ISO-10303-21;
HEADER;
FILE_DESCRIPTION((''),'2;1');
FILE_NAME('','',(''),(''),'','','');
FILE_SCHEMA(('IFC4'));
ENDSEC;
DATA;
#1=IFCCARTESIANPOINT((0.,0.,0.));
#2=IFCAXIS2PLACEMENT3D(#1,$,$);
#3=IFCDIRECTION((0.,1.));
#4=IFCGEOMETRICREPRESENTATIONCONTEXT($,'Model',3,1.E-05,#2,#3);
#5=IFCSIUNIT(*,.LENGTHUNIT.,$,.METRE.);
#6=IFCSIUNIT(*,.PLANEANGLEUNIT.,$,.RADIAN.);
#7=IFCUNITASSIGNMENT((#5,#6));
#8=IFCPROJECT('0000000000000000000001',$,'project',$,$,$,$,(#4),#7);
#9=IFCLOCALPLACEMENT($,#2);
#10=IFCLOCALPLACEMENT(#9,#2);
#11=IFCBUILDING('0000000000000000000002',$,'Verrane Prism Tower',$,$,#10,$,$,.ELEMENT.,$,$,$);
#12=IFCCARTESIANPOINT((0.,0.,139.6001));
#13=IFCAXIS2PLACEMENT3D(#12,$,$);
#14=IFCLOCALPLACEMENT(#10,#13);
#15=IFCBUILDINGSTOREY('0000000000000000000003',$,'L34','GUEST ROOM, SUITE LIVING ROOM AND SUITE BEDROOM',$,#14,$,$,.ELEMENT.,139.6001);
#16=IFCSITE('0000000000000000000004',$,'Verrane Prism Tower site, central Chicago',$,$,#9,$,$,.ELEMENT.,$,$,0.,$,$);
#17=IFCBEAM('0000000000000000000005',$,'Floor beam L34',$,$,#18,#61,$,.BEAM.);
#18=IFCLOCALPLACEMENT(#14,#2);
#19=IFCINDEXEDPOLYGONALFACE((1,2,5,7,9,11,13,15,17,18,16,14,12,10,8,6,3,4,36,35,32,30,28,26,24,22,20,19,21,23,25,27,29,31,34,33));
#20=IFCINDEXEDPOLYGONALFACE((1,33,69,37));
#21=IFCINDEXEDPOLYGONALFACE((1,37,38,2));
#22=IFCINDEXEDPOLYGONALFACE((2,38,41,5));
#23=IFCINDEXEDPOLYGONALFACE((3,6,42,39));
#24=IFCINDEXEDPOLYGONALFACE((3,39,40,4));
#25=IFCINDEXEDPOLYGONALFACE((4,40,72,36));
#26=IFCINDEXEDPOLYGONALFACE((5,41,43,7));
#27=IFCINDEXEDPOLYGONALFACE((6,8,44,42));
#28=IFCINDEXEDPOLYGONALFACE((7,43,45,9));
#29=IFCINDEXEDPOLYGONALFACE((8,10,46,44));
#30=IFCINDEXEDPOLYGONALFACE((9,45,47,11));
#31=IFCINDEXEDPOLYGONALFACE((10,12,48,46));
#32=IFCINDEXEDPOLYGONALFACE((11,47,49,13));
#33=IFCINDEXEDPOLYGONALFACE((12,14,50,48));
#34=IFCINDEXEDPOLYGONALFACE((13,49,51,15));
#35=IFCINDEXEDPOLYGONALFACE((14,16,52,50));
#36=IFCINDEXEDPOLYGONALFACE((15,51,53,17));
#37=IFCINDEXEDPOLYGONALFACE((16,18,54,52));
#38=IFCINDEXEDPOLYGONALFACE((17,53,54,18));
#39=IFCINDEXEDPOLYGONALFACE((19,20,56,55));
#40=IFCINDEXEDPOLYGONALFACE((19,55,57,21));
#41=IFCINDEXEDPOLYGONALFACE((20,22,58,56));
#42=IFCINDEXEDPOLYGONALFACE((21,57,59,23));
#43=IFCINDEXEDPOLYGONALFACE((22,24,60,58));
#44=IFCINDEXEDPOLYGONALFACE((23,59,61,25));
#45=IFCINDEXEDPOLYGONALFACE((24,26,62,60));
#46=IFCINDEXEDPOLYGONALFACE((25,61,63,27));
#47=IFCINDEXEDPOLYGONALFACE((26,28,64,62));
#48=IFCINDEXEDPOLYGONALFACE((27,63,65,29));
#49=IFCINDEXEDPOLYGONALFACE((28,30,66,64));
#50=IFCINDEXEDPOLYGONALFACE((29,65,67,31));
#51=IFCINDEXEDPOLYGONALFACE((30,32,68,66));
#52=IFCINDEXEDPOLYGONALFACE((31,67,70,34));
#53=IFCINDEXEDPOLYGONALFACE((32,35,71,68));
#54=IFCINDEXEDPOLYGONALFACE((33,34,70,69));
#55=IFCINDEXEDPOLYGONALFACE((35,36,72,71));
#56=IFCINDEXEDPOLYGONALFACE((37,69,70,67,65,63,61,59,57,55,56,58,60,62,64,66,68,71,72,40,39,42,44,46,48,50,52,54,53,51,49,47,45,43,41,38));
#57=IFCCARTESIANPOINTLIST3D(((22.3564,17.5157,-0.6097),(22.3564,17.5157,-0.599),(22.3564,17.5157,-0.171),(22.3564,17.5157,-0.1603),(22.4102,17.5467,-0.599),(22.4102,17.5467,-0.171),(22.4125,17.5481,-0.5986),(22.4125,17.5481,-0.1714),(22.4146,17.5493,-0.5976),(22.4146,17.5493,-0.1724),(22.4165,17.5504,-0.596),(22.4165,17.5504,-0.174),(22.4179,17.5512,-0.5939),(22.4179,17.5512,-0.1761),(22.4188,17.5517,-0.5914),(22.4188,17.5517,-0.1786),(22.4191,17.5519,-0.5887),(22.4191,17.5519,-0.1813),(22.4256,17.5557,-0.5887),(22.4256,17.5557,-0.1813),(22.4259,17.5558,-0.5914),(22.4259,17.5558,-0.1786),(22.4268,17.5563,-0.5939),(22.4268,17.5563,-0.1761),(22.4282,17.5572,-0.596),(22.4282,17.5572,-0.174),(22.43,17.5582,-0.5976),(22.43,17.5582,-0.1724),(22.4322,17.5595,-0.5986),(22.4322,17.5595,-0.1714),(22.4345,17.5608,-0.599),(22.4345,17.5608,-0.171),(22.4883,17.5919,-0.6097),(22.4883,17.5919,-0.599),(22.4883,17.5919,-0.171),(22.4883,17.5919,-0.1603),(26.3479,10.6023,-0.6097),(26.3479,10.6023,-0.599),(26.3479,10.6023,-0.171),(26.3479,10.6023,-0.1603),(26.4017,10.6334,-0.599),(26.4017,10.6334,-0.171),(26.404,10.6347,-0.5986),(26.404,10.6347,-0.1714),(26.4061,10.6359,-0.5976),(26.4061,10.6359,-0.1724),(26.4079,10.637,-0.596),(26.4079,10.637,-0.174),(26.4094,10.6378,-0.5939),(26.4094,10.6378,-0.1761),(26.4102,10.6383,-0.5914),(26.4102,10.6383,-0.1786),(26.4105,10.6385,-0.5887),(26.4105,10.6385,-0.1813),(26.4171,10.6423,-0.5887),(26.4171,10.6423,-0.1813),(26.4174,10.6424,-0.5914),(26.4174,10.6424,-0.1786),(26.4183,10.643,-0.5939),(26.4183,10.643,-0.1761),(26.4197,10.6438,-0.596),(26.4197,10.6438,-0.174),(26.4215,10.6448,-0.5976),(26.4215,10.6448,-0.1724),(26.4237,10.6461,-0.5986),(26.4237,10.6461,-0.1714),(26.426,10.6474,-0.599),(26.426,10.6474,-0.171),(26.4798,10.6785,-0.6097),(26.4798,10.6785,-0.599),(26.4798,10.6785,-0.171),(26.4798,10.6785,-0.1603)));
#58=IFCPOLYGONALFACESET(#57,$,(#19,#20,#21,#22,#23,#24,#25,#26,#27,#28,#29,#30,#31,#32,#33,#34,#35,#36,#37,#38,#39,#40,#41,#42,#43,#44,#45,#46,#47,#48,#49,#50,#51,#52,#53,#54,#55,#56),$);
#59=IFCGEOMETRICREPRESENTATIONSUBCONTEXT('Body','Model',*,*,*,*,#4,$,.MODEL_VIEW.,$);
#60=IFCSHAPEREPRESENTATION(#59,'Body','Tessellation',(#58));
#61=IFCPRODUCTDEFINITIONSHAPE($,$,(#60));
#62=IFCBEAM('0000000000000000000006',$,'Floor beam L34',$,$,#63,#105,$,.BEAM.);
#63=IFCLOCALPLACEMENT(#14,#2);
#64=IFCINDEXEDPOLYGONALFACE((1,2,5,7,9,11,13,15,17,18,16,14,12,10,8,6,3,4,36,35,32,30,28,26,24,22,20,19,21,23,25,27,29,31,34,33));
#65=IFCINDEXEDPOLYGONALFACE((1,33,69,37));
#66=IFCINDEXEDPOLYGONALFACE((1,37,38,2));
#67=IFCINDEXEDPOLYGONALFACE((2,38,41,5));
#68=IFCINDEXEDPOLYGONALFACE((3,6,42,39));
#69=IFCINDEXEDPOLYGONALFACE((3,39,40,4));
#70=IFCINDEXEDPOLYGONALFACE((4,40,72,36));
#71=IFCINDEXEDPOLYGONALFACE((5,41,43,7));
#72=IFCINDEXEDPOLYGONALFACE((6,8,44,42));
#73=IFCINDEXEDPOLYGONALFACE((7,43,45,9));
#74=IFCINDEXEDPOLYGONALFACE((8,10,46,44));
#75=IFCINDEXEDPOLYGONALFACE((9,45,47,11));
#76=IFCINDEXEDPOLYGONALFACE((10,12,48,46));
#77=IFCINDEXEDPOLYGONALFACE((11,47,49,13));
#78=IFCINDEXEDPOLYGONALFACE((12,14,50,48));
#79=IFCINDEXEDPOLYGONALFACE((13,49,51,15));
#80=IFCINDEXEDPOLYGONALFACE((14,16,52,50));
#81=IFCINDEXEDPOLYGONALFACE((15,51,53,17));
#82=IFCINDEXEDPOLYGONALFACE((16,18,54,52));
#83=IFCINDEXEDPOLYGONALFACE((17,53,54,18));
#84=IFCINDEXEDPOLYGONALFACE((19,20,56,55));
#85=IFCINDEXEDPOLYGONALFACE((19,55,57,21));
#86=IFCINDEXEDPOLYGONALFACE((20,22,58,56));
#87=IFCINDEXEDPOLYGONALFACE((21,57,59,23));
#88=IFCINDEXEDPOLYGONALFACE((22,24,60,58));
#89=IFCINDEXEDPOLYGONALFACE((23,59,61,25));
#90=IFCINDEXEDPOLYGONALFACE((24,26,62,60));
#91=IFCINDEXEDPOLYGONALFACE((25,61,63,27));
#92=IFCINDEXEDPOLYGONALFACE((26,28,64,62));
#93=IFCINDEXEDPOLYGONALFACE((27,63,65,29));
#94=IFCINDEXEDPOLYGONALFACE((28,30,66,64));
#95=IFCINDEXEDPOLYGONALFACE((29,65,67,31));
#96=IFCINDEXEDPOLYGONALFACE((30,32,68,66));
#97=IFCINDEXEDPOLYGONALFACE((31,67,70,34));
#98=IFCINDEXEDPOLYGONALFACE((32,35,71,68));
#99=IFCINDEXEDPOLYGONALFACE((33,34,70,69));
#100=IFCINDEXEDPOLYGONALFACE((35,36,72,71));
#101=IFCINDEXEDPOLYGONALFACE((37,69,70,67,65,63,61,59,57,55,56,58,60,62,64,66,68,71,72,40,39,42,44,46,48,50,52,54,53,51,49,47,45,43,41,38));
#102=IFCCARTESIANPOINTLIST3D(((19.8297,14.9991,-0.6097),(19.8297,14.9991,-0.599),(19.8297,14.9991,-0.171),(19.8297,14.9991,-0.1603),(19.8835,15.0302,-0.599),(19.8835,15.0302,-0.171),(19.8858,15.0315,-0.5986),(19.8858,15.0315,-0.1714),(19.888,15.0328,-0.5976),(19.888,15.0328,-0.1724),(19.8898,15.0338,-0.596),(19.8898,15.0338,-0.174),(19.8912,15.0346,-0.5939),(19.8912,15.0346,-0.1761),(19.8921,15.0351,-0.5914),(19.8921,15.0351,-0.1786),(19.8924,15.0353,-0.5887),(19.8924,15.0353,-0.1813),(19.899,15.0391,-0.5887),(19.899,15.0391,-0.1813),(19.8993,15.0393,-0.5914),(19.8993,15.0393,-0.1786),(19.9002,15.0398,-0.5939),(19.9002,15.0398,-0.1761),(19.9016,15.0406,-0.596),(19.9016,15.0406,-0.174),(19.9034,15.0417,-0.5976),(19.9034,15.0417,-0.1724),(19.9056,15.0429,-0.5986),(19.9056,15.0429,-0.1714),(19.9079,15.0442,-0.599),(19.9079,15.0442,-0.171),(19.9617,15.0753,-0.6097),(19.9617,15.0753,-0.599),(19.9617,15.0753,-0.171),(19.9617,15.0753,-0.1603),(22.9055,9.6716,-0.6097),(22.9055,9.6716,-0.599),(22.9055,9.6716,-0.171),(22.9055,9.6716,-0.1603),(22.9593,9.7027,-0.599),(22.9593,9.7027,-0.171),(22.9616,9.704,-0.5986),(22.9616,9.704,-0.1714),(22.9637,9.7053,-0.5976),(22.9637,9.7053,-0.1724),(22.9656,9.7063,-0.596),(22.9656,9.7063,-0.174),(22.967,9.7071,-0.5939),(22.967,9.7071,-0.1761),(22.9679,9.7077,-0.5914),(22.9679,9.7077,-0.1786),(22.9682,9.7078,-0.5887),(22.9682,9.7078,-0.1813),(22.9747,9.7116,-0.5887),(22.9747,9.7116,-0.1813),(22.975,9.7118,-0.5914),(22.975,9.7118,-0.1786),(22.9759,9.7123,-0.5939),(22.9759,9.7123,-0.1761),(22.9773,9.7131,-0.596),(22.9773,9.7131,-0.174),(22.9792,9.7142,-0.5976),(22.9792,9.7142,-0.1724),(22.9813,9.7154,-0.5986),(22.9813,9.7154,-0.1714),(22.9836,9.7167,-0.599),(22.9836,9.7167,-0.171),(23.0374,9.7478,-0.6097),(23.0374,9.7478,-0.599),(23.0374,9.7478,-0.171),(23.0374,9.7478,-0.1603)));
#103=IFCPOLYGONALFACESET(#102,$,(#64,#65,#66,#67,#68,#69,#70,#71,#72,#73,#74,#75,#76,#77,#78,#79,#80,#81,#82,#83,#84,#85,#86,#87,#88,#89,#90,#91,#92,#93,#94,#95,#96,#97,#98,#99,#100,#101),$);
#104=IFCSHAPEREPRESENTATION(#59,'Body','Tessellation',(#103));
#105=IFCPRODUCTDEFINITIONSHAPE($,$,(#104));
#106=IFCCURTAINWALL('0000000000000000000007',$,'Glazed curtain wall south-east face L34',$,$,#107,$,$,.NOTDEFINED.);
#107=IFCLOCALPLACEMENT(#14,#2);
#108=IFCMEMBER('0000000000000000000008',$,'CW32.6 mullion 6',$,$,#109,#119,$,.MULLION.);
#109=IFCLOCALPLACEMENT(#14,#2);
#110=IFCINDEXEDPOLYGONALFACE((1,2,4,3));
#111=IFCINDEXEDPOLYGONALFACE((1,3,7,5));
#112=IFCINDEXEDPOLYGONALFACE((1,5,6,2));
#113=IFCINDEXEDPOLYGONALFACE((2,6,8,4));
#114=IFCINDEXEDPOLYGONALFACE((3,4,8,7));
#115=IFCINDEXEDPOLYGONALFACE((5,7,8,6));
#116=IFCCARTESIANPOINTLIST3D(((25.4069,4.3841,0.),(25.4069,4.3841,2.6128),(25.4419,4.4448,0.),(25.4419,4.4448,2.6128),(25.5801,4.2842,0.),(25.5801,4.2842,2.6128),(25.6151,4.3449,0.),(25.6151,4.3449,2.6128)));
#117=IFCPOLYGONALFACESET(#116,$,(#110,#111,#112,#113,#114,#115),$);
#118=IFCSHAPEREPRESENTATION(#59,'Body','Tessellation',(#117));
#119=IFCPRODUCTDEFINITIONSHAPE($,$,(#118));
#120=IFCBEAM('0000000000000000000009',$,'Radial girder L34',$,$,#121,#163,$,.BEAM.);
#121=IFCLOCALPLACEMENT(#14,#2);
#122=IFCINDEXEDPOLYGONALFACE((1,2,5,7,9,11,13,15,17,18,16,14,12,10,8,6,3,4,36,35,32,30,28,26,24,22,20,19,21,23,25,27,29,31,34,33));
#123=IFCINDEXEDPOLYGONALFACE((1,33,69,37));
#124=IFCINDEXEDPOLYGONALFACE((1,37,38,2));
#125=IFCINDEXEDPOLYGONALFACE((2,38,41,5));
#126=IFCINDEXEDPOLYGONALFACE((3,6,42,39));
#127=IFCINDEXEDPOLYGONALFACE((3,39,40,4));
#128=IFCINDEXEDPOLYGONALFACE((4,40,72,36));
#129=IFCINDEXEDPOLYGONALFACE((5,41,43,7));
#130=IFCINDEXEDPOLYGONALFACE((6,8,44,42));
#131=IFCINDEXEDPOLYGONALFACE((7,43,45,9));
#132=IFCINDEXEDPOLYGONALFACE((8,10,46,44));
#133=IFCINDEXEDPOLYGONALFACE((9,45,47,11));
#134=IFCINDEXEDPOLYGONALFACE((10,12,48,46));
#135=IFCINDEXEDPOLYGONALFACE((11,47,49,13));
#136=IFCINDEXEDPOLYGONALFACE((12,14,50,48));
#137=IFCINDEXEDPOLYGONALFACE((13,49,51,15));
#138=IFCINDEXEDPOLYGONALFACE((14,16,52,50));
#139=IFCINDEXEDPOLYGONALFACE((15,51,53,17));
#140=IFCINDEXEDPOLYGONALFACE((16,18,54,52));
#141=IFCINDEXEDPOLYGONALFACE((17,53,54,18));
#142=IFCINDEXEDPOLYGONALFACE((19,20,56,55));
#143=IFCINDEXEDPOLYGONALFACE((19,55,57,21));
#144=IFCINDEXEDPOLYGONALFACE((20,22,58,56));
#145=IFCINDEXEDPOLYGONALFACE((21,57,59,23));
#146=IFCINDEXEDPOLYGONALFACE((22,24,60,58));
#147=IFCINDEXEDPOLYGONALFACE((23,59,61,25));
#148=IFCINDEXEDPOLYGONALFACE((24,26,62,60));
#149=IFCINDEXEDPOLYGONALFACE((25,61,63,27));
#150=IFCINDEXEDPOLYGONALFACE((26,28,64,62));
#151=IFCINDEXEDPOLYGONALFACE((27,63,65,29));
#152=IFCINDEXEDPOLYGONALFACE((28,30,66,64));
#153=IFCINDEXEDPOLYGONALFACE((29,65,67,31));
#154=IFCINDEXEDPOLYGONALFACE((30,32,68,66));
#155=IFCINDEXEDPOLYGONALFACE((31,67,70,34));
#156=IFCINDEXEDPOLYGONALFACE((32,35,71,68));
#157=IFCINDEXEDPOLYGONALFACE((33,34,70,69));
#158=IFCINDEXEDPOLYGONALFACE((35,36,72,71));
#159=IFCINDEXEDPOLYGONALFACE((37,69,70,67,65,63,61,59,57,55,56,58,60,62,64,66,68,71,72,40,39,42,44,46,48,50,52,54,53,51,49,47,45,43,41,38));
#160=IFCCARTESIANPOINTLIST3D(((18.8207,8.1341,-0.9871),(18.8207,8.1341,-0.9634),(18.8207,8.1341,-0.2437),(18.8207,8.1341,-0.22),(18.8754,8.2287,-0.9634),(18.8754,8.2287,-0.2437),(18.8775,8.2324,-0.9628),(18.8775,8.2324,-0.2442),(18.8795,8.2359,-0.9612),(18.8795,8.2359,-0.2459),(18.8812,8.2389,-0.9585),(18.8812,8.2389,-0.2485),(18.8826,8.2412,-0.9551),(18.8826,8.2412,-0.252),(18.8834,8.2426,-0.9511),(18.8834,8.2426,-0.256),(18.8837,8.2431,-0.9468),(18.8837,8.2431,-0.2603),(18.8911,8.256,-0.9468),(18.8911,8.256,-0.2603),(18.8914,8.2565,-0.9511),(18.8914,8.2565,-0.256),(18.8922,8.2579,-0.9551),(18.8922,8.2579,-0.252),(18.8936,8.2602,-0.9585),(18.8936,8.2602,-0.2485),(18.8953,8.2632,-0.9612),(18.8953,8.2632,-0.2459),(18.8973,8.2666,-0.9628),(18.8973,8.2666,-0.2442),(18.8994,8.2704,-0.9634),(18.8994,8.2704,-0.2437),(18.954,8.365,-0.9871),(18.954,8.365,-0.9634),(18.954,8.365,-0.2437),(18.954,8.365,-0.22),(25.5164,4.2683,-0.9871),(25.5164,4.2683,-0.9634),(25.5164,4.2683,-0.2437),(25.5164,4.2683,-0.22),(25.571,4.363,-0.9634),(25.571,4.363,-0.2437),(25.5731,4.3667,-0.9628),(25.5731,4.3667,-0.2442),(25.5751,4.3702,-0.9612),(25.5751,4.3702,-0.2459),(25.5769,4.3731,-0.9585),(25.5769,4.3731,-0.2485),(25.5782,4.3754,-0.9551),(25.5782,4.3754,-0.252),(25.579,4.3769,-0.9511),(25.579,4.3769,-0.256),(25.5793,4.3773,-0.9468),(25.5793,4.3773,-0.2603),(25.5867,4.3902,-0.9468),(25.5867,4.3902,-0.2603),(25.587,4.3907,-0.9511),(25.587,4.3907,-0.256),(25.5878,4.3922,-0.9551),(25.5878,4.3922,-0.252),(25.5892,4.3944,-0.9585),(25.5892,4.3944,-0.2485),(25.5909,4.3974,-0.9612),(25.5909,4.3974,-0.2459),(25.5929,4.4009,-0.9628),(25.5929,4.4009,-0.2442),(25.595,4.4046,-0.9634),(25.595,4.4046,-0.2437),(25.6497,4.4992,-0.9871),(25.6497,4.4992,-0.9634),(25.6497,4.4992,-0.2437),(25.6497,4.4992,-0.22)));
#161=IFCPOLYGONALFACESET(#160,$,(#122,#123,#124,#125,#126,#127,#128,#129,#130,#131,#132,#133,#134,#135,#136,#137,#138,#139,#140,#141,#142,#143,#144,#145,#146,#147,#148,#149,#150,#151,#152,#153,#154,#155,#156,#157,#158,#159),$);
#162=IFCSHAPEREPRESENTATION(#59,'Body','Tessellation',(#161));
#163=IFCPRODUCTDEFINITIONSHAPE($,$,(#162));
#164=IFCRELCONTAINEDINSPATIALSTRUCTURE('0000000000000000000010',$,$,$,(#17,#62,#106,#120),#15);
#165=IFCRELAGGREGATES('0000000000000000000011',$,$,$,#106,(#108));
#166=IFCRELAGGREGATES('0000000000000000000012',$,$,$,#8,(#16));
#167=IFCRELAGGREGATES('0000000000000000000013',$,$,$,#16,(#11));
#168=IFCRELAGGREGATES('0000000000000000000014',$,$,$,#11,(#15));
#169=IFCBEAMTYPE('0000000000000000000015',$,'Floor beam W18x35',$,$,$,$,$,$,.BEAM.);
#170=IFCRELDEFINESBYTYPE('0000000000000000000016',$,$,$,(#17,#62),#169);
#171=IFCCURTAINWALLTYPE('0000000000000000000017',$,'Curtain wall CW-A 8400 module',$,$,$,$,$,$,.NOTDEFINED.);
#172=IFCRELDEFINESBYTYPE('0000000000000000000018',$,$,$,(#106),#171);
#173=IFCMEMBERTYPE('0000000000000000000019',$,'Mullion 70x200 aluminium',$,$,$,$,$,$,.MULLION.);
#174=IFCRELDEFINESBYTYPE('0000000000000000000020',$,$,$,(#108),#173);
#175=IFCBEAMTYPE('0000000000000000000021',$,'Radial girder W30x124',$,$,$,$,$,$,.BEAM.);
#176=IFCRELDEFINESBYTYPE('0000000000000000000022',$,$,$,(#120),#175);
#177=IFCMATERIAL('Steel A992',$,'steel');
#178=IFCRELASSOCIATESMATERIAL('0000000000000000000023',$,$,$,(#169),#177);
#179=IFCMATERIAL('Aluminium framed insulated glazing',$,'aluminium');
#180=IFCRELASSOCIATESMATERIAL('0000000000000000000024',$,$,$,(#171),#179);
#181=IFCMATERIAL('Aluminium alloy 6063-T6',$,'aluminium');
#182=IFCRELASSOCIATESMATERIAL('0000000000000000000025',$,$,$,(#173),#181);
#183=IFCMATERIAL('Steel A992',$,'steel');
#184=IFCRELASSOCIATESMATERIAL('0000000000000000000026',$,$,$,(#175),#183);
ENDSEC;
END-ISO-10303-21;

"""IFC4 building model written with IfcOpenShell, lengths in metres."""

from ifc_helpers import new_model, si_unit, direction, frame, origin, origin_2d, place, context, subcontext, project, spatial, rectangle, i_section, extrude, material, material_profile, profile_set, type_object, element, aggregate, save


model = new_model("IFC4")

# Units and contexts
model_context = context("Model", 3, precision=1e-05, world=origin(), true_north=direction((0.0, 1.0)))
body_context = subcontext(model_context, "Body", "Model", "MODEL_VIEW")
ifc_project = project(units=[si_unit("LENGTHUNIT", "METRE"), si_unit("PLANEANGLEUNIT", "RADIAN")], contexts=[model_context])

# Site, building, storey
site_placement = place(None, origin())
site = spatial("IfcSite", under=ifc_project, at=site_placement, Name="Verrane Prism Tower site, central Chicago", CompositionType="ELEMENT", RefElevation=0.0)
building_placement = place(site_placement, origin())
building = spatial("IfcBuilding", under=site, at=building_placement, Name="Verrane Prism Tower", CompositionType="ELEMENT")
storey_placement = place(building_placement, frame((0.0, 0.0, 139.6001)))
storey = spatial("IfcBuildingStorey", under=building, at=storey_placement, Name="L34", Description="GUEST ROOM, SUITE LIVING ROOM AND SUITE BEDROOM", CompositionType="ELEMENT", Elevation=139.6001)

# Beams
ifc_material_1 = material(Name="Steel A992", Category="steel")
ifc_material_profile_1 = material_profile(ifc_material_1, i_section(OverallWidth=0.1523, OverallDepth=0.4495, WebThickness=0.0076, FlangeThickness=0.0107, FilletRadius=0.0103, at=origin_2d()), Name="W18x35")
ifc_profile_set_1 = profile_set([ifc_material_profile_1], Name="Steel A992")
beam_type_1 = type_object("IfcBeamType", Name="Floor beam W18x35", PredefinedType="BEAM", material=ifc_profile_set_1)
beam_1_placement = place(storey_placement, frame((26.4138, 10.6404, -0.385), z_axis=(-0.500004, 0.866023, 0.0), x_axis=(-0.866023, -0.500004, 0.0)))
element("IfcBeam", 1, at=beam_1_placement, inside=storey, type_object=beam_type_1, Name="Floor beam L34", PredefinedType="BEAM", context=body_context, shape_type="SweptSolid", body=[
    extrude(i_section(OverallWidth=0.1523, OverallDepth=0.4495, WebThickness=0.0076, FlangeThickness=0.0107, FilletRadius=0.0103, at=origin_2d()), origin(), (0.0, 0.0, 1.0), 7.9829),
])
beam_2_placement = place(storey_placement, frame((22.9714, 9.7097, -0.385), z_axis=(-0.499989, 0.866032, 0.0), x_axis=(-0.866032, -0.499989, 0.0)))
element("IfcBeam", 2, at=beam_2_placement, inside=storey, type_object=beam_type_1, Name="Floor beam L34", PredefinedType="BEAM", context=body_context, shape_type="SweptSolid", body=[
    extrude(i_section(OverallWidth=0.1523, OverallDepth=0.4495, WebThickness=0.0076, FlangeThickness=0.0107, FilletRadius=0.0103, at=origin_2d()), origin(), (0.0, 0.0, 1.0), 6.1516),
])

# Curtain wall, member
ifc_material_2 = material(Name="Aluminium framed insulated glazing", Category="aluminium")
curtain_wall_type = type_object("IfcCurtainWallType", Name="Curtain wall CW-A 8400 module", PredefinedType="NOTDEFINED", material=ifc_material_2)
curtain_wall_placement = place(storey_placement, origin())
curtain_wall = element("IfcCurtainWall", 3, at=curtain_wall_placement, inside=storey, type_object=curtain_wall_type, Name="Glazed curtain wall south-east face L34", PredefinedType="NOTDEFINED")
ifc_material_3 = material(Name="Aluminium alloy 6063-T6", Category="aluminium")
ifc_material_profile_2 = material_profile(ifc_material_3, rectangle(XDim=0.2, YDim=0.0701, at=origin_2d()), Name="Mullion 70x200 aluminium")
ifc_profile_set_2 = profile_set([ifc_material_profile_2], Name="Aluminium alloy 6063-T6")
member_type_1 = type_object("IfcMemberType", Name="Mullion 70x200 aluminium", PredefinedType="MULLION", material=ifc_profile_set_2)
member_1_placement = place(storey_placement, frame((25.511, 4.3645, 0.0), z_axis=(0.0, 0.0, 1.0), x_axis=(-0.866025, 0.5, 0.0)))
member_1 = element("IfcMember", 4, at=member_1_placement, type_object=member_type_1, Name="CW32.6 mullion 6", PredefinedType="MULLION", context=body_context, shape_type="SweptSolid", body=[
    extrude(rectangle(XDim=0.2, YDim=0.0701, at=origin_2d()), origin(), (0.0, 0.0, 1.0), 2.6128),
])

# Beam
ifc_material_4 = material(Name="Steel A992", Category="steel")
ifc_material_profile_3 = material_profile(ifc_material_4, i_section(OverallWidth=0.2666, OverallDepth=0.7671, WebThickness=0.0149, FlangeThickness=0.0237, FilletRadius=0.0166, at=origin_2d()), Name="W30x124")
ifc_profile_set_3 = profile_set([ifc_material_profile_3], Name="Steel A992")
beam_type_2 = type_object("IfcBeamType", Name="Radial girder W30x124", PredefinedType="BEAM", material=ifc_profile_set_3)
beam_3_placement = place(storey_placement, frame((25.583, 4.3838, -0.6035), z_axis=(-0.866023, 0.500004, 0.0), x_axis=(-0.500004, -0.866023, 0.0)))
element("IfcBeam", 5, at=beam_3_placement, inside=storey, type_object=beam_type_2, Name="Radial girder L34", PredefinedType="BEAM", context=body_context, shape_type="SweptSolid", body=[
    extrude(i_section(OverallWidth=0.2666, OverallDepth=0.7671, WebThickness=0.0149, FlangeThickness=0.0237, FilletRadius=0.0166, at=origin_2d()), origin(), (0.0, 0.0, 1.0), 7.7314),
])

aggregate(curtain_wall, [member_1])

save(model, "model.ifc")
